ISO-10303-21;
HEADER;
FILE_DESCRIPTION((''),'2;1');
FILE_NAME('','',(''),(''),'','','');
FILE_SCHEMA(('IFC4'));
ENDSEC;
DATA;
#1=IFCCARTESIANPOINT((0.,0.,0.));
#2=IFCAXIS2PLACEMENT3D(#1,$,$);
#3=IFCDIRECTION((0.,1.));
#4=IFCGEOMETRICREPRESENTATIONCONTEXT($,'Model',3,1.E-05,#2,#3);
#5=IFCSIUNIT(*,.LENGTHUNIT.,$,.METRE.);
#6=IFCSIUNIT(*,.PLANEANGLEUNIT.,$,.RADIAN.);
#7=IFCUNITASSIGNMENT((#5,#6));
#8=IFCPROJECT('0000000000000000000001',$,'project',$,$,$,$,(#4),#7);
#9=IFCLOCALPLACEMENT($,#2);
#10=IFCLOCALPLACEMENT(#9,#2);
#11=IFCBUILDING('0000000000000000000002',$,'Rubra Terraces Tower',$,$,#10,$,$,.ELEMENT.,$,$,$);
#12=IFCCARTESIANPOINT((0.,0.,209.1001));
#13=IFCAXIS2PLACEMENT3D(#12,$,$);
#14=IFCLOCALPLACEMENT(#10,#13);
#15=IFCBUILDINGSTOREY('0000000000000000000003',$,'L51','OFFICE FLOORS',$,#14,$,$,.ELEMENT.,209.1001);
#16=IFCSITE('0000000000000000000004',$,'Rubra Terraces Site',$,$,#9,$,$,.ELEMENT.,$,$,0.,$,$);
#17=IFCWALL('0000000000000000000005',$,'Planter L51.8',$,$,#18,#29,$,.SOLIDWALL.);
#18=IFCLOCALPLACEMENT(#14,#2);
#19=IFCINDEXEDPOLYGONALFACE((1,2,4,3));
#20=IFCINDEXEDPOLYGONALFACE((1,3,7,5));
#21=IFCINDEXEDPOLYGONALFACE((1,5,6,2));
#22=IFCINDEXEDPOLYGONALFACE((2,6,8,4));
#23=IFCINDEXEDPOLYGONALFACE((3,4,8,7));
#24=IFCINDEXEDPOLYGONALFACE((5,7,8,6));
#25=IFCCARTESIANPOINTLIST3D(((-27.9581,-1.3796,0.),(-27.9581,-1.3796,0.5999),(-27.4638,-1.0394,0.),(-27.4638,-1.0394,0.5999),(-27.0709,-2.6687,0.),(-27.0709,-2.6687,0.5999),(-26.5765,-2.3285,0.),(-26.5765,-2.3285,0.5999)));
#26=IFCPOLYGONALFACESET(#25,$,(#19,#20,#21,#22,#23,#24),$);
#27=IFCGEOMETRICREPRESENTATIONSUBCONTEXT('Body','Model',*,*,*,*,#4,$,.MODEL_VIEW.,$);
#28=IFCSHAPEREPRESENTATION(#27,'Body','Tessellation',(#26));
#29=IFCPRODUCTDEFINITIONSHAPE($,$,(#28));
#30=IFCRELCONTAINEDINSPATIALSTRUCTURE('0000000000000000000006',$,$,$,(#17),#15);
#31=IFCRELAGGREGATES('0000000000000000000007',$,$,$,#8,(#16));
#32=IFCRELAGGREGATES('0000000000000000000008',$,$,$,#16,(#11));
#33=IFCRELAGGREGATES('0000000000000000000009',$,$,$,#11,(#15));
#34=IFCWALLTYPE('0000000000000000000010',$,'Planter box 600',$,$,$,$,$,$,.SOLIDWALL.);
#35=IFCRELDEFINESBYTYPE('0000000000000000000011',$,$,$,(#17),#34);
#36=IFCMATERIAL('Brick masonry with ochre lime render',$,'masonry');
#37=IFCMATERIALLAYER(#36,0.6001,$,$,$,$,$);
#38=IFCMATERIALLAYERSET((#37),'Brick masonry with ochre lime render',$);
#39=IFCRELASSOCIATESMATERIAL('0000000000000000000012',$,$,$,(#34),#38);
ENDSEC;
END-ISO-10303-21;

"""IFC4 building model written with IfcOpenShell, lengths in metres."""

from ifc_helpers import new_model, si_unit, direction, frame, frame_2d, origin, place, context, subcontext, project, spatial, rectangle, extrude, material, layer, layer_set, type_object, element, save


model = new_model("IFC4")

# Units and contexts
model_context = context("Model", 3, precision=1e-05, world=origin(), true_north=direction((0.0, 1.0)))
body_context = subcontext(model_context, "Body", "Model", "MODEL_VIEW")
ifc_project = project(units=[si_unit("LENGTHUNIT", "METRE"), si_unit("PLANEANGLEUNIT", "RADIAN")], contexts=[model_context])

# Site, building, storey
site_placement = place(None, origin())
site = spatial("IfcSite", under=ifc_project, at=site_placement, Name="Rubra Terraces Site", CompositionType="ELEMENT", RefElevation=0.0)
building_placement = place(site_placement, origin())
building = spatial("IfcBuilding", under=site, at=building_placement, Name="Rubra Terraces Tower", CompositionType="ELEMENT")
storey_placement = place(building_placement, frame((0.0, 0.0, 209.1001)))
storey = spatial("IfcBuildingStorey", under=building, at=storey_placement, Name="L51", Description="OFFICE FLOORS", CompositionType="ELEMENT", Elevation=209.1001)

# Shared definitions
ifc_material_1 = material(Name="Brick masonry with ochre lime render", Category="masonry")

# Wall
ifc_layer_1 = layer(ifc_material_1, 0.6001)
ifc_layer_set_1 = layer_set([ifc_layer_1], Name="Brick masonry with ochre lime render")
wall_type_1 = type_object("IfcWallType", Name="Planter box 600", PredefinedType="SOLIDWALL", material=ifc_layer_set_1)
wall_1_placement = place(storey_placement, frame((-27.7109, -1.2095, 0.0), z_axis=(0.0, 0.0, 1.0), x_axis=(0.566953, -0.82375, 0.0)))
element("IfcWall", 1, at=wall_1_placement, inside=storey, type_object=wall_type_1, Name="Planter L51.8", PredefinedType="SOLIDWALL", context=body_context, shape_type="SweptSolid", body=[
    extrude(rectangle(XDim=1.5649, YDim=0.6001, at=frame_2d((0.7825, 0.0))), origin(), (0.0, 0.0, 1.0), 0.5999),
])

save(model, "model.ifc")
